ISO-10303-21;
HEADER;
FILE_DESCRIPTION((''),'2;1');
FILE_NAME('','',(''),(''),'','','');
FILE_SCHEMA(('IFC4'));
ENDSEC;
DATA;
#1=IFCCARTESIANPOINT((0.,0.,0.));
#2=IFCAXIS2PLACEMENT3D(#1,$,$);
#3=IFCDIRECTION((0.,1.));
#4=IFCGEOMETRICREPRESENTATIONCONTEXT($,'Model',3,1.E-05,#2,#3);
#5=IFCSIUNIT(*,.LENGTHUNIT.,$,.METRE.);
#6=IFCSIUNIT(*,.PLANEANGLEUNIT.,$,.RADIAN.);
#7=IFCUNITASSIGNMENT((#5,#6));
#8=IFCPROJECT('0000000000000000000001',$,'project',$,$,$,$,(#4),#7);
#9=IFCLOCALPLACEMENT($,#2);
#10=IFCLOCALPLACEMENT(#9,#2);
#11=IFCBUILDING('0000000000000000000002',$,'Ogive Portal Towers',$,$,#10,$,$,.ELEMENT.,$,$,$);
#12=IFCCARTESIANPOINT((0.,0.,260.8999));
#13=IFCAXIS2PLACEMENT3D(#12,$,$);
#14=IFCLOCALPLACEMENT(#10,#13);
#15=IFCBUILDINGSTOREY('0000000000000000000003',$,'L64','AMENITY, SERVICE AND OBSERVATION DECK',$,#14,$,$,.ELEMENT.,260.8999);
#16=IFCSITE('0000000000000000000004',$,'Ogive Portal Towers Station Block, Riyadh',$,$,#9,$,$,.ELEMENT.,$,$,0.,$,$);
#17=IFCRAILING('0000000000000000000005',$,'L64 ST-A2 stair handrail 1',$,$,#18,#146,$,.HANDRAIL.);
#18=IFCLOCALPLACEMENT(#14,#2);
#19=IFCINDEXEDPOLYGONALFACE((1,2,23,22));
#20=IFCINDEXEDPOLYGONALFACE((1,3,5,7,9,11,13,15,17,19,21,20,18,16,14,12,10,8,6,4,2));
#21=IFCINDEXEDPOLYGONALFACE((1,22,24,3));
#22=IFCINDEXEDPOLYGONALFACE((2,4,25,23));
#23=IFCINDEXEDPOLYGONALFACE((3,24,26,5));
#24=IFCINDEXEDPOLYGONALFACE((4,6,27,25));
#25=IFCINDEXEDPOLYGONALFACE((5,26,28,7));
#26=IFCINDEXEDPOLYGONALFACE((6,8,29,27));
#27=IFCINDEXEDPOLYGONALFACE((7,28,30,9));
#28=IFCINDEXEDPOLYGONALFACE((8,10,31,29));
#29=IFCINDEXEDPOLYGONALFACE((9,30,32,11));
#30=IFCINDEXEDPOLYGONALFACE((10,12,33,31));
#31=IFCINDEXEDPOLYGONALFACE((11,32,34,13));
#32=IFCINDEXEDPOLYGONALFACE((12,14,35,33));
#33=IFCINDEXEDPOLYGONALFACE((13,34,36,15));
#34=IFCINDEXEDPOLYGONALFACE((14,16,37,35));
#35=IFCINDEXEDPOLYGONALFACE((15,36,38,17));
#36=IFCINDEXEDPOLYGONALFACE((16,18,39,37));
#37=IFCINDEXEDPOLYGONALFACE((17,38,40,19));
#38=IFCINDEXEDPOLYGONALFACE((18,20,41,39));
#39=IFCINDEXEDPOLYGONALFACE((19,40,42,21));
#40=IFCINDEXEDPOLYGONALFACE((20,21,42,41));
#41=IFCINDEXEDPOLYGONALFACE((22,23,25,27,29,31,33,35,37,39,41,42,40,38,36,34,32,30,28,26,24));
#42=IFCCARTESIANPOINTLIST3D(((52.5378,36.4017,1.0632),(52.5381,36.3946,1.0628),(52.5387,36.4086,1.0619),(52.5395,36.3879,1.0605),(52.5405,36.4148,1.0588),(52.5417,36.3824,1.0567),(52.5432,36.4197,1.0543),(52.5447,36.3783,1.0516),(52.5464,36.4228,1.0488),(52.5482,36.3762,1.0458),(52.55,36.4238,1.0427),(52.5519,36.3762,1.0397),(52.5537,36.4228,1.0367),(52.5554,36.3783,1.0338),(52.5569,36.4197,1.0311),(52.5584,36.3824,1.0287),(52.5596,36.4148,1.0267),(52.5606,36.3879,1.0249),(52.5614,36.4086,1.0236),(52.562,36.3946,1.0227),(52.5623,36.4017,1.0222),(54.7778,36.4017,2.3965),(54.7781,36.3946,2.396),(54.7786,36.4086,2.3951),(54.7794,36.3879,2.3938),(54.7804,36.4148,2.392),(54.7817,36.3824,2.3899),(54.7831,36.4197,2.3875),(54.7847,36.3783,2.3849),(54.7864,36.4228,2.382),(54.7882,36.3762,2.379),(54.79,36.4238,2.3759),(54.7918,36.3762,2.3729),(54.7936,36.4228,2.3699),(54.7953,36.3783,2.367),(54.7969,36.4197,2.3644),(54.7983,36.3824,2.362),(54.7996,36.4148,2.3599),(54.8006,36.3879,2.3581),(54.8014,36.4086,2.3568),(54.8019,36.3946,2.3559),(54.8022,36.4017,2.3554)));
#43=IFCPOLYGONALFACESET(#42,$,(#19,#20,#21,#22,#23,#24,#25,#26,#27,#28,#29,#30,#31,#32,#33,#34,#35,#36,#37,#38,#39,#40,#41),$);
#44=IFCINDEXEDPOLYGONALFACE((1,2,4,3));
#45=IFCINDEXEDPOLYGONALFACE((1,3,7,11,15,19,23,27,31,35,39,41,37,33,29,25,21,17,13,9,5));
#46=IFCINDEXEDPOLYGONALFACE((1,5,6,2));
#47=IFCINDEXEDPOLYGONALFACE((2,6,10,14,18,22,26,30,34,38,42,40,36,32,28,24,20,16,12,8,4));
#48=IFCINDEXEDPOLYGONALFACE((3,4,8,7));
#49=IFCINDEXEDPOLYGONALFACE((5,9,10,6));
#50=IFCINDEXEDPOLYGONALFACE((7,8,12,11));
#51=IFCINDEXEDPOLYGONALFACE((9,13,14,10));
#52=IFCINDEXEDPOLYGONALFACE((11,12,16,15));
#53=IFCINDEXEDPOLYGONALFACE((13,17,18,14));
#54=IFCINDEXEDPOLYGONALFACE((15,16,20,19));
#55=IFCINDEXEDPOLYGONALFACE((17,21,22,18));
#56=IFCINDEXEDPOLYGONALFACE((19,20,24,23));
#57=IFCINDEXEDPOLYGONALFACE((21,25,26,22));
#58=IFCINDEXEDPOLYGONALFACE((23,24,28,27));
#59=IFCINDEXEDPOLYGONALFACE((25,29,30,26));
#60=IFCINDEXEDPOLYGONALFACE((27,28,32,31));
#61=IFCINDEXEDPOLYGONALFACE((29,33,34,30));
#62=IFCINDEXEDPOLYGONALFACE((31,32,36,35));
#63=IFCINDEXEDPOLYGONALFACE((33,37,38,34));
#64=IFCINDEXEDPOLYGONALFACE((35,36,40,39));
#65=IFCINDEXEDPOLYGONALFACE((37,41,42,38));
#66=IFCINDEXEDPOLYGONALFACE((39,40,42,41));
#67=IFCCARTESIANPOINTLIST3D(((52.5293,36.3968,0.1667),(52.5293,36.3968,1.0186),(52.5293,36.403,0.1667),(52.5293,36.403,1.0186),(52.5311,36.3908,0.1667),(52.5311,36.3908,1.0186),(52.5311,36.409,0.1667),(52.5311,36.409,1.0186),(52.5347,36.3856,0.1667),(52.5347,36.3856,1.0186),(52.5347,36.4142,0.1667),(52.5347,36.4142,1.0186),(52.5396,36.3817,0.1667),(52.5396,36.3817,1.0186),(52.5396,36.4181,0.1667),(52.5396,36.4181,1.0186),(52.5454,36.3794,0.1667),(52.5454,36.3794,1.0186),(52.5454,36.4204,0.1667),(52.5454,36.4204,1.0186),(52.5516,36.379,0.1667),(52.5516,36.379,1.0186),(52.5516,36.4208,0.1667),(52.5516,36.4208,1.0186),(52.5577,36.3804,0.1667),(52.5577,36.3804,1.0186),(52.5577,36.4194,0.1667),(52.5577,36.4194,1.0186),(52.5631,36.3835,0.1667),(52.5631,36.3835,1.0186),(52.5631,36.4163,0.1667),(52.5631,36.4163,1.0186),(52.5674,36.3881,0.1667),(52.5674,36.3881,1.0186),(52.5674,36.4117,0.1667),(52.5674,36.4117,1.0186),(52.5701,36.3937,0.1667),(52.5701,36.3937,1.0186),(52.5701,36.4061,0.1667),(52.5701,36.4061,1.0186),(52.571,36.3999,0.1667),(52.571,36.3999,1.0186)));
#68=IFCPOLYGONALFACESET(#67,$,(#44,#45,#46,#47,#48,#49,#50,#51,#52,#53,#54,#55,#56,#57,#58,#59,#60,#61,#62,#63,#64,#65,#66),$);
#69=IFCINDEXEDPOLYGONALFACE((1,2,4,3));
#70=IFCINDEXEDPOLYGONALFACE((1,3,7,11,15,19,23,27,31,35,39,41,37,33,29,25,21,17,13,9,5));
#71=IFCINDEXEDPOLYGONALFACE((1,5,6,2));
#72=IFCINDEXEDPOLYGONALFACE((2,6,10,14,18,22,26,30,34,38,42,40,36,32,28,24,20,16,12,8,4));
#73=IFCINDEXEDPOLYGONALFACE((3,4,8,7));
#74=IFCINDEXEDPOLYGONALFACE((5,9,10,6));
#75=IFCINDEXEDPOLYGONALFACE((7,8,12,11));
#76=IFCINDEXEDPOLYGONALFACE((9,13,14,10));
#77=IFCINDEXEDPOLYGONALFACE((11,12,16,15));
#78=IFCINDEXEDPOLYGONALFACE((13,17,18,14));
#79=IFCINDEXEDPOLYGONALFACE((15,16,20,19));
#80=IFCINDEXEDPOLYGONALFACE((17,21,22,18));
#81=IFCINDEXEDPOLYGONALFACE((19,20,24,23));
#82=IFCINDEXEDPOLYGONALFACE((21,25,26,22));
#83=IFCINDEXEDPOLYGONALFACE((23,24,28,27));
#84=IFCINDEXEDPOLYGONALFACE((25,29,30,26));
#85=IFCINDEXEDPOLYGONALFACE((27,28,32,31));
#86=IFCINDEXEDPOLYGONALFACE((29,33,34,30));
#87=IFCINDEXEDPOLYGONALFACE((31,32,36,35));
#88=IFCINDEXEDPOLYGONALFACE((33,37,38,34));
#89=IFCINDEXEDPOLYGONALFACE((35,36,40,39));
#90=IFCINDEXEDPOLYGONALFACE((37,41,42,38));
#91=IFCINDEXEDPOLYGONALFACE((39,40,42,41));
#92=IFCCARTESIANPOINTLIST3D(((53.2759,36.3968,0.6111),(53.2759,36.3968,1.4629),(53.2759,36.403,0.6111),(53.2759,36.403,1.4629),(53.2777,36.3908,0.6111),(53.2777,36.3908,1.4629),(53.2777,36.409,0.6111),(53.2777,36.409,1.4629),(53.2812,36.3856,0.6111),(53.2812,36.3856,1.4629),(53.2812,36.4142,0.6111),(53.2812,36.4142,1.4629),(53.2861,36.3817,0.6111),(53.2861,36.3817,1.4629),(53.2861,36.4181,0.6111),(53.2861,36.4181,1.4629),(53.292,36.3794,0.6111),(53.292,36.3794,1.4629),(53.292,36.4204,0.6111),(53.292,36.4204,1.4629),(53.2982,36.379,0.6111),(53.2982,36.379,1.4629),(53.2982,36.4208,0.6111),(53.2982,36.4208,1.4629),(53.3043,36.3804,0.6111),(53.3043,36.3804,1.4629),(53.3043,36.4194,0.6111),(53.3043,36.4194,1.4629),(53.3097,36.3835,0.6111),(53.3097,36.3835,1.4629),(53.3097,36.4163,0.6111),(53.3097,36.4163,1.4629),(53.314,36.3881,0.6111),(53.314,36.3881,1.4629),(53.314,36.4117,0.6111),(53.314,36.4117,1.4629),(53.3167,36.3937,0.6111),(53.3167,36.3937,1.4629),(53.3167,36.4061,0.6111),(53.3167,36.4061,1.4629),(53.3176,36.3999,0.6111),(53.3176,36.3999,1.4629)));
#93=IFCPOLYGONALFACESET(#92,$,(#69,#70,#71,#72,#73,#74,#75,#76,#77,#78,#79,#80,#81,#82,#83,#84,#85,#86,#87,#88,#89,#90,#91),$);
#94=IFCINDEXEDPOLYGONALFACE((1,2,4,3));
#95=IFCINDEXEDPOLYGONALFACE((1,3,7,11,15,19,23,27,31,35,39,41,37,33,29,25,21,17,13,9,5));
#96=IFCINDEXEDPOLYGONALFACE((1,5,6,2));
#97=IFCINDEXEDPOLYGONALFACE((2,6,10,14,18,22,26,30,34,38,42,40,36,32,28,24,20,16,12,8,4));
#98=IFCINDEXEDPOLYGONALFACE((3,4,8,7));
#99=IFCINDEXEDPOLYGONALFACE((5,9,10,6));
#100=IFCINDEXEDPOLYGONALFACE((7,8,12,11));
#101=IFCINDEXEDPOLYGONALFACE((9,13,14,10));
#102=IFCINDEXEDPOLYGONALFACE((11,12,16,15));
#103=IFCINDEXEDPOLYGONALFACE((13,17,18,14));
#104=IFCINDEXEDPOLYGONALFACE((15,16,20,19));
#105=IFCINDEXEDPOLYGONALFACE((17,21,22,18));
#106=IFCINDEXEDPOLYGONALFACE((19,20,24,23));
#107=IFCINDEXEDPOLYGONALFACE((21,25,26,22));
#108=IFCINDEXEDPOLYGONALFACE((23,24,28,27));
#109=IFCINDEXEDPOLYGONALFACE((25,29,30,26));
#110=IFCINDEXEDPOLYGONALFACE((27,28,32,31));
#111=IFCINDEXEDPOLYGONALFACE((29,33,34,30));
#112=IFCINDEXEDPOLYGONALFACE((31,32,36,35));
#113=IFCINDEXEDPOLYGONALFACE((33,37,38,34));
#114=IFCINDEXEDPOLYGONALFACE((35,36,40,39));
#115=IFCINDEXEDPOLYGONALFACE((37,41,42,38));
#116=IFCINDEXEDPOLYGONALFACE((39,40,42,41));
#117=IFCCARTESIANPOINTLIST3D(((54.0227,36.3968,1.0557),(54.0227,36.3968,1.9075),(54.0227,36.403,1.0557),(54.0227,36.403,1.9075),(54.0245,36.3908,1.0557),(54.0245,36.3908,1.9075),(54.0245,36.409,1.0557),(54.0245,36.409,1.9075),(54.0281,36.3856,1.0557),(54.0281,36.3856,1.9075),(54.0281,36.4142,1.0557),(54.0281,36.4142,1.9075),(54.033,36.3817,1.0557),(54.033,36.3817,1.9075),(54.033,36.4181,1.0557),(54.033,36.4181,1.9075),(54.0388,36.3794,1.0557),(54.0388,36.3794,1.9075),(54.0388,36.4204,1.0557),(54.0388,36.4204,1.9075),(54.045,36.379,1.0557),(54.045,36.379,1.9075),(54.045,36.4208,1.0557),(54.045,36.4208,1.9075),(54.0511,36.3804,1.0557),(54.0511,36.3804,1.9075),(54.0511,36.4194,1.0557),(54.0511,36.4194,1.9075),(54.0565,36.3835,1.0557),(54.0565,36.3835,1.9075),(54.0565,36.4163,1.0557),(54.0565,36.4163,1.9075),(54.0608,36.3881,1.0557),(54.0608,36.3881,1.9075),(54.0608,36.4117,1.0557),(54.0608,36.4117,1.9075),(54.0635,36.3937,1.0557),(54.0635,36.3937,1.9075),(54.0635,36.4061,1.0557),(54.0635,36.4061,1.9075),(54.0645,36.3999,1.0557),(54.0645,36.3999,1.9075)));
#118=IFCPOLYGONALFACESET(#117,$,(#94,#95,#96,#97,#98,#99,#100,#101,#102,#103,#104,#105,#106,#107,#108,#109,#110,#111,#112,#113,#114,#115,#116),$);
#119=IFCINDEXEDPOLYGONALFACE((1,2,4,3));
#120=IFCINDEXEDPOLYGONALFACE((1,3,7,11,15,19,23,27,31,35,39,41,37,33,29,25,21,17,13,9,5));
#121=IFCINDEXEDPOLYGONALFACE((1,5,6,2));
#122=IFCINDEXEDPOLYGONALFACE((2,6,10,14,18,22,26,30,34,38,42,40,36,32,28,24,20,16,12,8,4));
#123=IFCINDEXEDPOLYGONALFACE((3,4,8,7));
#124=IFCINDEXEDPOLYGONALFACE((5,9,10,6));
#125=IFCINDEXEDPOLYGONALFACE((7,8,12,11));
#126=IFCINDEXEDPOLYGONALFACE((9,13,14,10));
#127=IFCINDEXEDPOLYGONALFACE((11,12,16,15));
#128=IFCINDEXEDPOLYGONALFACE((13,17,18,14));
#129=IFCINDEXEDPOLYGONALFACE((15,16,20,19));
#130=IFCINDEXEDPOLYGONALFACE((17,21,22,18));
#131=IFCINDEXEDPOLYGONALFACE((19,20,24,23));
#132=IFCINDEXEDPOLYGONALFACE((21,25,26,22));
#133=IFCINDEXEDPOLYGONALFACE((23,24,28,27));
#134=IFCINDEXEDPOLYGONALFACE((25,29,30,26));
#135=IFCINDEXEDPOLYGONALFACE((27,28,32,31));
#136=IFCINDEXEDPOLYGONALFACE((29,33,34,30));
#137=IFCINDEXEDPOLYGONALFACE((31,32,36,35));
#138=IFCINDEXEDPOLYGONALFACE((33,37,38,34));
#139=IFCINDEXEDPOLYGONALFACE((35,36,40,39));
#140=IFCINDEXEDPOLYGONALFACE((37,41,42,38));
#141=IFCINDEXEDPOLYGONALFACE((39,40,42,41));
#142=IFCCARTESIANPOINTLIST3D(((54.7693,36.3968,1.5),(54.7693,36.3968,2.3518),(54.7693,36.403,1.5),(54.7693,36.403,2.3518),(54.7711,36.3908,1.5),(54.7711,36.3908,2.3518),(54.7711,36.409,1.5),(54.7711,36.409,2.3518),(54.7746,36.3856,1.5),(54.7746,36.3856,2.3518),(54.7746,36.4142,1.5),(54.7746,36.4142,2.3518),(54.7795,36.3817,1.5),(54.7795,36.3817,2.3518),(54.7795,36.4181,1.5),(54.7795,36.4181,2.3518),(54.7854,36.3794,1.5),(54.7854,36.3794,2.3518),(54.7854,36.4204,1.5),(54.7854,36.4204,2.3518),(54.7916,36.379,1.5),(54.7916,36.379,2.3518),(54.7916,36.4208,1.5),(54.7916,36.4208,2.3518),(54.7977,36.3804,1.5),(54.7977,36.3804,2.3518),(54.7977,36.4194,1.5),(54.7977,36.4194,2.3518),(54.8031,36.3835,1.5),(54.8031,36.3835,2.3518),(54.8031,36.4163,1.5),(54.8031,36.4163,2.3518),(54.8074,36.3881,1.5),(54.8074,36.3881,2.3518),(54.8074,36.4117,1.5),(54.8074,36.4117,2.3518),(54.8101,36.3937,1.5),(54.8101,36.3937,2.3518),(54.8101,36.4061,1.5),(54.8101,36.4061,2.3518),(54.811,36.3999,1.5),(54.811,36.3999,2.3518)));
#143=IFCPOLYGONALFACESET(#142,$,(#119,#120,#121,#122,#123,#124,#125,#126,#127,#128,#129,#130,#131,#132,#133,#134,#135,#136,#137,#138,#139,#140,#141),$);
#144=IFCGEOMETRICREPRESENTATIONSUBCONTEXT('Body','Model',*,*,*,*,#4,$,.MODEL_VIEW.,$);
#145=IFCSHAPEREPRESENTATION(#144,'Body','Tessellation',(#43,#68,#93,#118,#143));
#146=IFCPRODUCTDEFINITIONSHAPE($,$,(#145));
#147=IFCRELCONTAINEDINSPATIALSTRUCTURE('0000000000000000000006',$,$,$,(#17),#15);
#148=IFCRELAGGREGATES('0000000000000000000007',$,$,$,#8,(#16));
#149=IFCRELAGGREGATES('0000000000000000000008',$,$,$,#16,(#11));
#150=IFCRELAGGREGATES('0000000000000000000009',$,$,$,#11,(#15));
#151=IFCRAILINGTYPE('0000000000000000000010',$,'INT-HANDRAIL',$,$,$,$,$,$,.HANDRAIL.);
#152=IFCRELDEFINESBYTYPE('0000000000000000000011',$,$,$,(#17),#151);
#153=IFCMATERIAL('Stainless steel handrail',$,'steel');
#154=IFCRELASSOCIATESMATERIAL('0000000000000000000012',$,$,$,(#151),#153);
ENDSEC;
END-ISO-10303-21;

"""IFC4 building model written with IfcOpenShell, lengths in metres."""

from ifc_helpers import new_model, si_unit, direction, frame, origin, origin_2d, place, context, subcontext, project, spatial, circle, extrude, material, type_object, element, save


model = new_model("IFC4")

# Units and contexts
model_context = context("Model", 3, precision=1e-05, world=origin(), true_north=direction((0.0, 1.0)))
body_context = subcontext(model_context, "Body", "Model", "MODEL_VIEW")
ifc_project = project(units=[si_unit("LENGTHUNIT", "METRE"), si_unit("PLANEANGLEUNIT", "RADIAN")], contexts=[model_context])

# Site, building, storey
site_placement = place(None, origin())
site = spatial("IfcSite", under=ifc_project, at=site_placement, Name="Ogive Portal Towers Station Block, Riyadh", CompositionType="ELEMENT", RefElevation=0.0)
building_placement = place(site_placement, origin())
building = spatial("IfcBuilding", under=site, at=building_placement, Name="Ogive Portal Towers", CompositionType="ELEMENT")
storey_placement = place(building_placement, frame((0.0, 0.0, 260.8999)))
storey = spatial("IfcBuildingStorey", under=building, at=storey_placement, Name="L64", Description="AMENITY, SERVICE AND OBSERVATION DECK", CompositionType="ELEMENT", Elevation=260.8999)

# Railing
ifc_material_1 = material(Name="Stainless steel handrail", Category="steel")
railing_type_1 = type_object("IfcRailingType", Name="INT-HANDRAIL", PredefinedType="HANDRAIL", material=ifc_material_1)
railing_1_placement = place(storey_placement, frame((52.55, 36.3999, 0.1667)))
element("IfcRailing", 1, at=railing_1_placement, inside=storey, type_object=railing_type_1, Name="L64 ST-A2 stair handrail 1", PredefinedType="HANDRAIL", context=body_context, shape_type="SweptSolid", body=[
    extrude(circle(Radius=0.0239, at=origin_2d()), frame((0.0, 0.0, 0.876), z_axis=(0.859306, 0.0, 0.511462), x_axis=(0.0, 1.0, 0.0)), (0.0, 0.0, 1.0), 2.6067),
    extrude(circle(Radius=0.021, at=origin_2d()), origin(), (0.0, 0.0, 1.0), 0.8518),
    extrude(circle(Radius=0.021, at=origin_2d()), frame((0.7466, 0.0, 0.4443)), (0.0, 0.0, 1.0), 0.8518),
    extrude(circle(Radius=0.021, at=origin_2d()), frame((1.4934, 0.0, 0.8889)), (0.0, 0.0, 1.0), 0.8518),
    extrude(circle(Radius=0.021, at=origin_2d()), frame((2.24, 0.0, 1.3333)), (0.0, 0.0, 1.0), 0.8518),
])

save(model, "model.ifc")
